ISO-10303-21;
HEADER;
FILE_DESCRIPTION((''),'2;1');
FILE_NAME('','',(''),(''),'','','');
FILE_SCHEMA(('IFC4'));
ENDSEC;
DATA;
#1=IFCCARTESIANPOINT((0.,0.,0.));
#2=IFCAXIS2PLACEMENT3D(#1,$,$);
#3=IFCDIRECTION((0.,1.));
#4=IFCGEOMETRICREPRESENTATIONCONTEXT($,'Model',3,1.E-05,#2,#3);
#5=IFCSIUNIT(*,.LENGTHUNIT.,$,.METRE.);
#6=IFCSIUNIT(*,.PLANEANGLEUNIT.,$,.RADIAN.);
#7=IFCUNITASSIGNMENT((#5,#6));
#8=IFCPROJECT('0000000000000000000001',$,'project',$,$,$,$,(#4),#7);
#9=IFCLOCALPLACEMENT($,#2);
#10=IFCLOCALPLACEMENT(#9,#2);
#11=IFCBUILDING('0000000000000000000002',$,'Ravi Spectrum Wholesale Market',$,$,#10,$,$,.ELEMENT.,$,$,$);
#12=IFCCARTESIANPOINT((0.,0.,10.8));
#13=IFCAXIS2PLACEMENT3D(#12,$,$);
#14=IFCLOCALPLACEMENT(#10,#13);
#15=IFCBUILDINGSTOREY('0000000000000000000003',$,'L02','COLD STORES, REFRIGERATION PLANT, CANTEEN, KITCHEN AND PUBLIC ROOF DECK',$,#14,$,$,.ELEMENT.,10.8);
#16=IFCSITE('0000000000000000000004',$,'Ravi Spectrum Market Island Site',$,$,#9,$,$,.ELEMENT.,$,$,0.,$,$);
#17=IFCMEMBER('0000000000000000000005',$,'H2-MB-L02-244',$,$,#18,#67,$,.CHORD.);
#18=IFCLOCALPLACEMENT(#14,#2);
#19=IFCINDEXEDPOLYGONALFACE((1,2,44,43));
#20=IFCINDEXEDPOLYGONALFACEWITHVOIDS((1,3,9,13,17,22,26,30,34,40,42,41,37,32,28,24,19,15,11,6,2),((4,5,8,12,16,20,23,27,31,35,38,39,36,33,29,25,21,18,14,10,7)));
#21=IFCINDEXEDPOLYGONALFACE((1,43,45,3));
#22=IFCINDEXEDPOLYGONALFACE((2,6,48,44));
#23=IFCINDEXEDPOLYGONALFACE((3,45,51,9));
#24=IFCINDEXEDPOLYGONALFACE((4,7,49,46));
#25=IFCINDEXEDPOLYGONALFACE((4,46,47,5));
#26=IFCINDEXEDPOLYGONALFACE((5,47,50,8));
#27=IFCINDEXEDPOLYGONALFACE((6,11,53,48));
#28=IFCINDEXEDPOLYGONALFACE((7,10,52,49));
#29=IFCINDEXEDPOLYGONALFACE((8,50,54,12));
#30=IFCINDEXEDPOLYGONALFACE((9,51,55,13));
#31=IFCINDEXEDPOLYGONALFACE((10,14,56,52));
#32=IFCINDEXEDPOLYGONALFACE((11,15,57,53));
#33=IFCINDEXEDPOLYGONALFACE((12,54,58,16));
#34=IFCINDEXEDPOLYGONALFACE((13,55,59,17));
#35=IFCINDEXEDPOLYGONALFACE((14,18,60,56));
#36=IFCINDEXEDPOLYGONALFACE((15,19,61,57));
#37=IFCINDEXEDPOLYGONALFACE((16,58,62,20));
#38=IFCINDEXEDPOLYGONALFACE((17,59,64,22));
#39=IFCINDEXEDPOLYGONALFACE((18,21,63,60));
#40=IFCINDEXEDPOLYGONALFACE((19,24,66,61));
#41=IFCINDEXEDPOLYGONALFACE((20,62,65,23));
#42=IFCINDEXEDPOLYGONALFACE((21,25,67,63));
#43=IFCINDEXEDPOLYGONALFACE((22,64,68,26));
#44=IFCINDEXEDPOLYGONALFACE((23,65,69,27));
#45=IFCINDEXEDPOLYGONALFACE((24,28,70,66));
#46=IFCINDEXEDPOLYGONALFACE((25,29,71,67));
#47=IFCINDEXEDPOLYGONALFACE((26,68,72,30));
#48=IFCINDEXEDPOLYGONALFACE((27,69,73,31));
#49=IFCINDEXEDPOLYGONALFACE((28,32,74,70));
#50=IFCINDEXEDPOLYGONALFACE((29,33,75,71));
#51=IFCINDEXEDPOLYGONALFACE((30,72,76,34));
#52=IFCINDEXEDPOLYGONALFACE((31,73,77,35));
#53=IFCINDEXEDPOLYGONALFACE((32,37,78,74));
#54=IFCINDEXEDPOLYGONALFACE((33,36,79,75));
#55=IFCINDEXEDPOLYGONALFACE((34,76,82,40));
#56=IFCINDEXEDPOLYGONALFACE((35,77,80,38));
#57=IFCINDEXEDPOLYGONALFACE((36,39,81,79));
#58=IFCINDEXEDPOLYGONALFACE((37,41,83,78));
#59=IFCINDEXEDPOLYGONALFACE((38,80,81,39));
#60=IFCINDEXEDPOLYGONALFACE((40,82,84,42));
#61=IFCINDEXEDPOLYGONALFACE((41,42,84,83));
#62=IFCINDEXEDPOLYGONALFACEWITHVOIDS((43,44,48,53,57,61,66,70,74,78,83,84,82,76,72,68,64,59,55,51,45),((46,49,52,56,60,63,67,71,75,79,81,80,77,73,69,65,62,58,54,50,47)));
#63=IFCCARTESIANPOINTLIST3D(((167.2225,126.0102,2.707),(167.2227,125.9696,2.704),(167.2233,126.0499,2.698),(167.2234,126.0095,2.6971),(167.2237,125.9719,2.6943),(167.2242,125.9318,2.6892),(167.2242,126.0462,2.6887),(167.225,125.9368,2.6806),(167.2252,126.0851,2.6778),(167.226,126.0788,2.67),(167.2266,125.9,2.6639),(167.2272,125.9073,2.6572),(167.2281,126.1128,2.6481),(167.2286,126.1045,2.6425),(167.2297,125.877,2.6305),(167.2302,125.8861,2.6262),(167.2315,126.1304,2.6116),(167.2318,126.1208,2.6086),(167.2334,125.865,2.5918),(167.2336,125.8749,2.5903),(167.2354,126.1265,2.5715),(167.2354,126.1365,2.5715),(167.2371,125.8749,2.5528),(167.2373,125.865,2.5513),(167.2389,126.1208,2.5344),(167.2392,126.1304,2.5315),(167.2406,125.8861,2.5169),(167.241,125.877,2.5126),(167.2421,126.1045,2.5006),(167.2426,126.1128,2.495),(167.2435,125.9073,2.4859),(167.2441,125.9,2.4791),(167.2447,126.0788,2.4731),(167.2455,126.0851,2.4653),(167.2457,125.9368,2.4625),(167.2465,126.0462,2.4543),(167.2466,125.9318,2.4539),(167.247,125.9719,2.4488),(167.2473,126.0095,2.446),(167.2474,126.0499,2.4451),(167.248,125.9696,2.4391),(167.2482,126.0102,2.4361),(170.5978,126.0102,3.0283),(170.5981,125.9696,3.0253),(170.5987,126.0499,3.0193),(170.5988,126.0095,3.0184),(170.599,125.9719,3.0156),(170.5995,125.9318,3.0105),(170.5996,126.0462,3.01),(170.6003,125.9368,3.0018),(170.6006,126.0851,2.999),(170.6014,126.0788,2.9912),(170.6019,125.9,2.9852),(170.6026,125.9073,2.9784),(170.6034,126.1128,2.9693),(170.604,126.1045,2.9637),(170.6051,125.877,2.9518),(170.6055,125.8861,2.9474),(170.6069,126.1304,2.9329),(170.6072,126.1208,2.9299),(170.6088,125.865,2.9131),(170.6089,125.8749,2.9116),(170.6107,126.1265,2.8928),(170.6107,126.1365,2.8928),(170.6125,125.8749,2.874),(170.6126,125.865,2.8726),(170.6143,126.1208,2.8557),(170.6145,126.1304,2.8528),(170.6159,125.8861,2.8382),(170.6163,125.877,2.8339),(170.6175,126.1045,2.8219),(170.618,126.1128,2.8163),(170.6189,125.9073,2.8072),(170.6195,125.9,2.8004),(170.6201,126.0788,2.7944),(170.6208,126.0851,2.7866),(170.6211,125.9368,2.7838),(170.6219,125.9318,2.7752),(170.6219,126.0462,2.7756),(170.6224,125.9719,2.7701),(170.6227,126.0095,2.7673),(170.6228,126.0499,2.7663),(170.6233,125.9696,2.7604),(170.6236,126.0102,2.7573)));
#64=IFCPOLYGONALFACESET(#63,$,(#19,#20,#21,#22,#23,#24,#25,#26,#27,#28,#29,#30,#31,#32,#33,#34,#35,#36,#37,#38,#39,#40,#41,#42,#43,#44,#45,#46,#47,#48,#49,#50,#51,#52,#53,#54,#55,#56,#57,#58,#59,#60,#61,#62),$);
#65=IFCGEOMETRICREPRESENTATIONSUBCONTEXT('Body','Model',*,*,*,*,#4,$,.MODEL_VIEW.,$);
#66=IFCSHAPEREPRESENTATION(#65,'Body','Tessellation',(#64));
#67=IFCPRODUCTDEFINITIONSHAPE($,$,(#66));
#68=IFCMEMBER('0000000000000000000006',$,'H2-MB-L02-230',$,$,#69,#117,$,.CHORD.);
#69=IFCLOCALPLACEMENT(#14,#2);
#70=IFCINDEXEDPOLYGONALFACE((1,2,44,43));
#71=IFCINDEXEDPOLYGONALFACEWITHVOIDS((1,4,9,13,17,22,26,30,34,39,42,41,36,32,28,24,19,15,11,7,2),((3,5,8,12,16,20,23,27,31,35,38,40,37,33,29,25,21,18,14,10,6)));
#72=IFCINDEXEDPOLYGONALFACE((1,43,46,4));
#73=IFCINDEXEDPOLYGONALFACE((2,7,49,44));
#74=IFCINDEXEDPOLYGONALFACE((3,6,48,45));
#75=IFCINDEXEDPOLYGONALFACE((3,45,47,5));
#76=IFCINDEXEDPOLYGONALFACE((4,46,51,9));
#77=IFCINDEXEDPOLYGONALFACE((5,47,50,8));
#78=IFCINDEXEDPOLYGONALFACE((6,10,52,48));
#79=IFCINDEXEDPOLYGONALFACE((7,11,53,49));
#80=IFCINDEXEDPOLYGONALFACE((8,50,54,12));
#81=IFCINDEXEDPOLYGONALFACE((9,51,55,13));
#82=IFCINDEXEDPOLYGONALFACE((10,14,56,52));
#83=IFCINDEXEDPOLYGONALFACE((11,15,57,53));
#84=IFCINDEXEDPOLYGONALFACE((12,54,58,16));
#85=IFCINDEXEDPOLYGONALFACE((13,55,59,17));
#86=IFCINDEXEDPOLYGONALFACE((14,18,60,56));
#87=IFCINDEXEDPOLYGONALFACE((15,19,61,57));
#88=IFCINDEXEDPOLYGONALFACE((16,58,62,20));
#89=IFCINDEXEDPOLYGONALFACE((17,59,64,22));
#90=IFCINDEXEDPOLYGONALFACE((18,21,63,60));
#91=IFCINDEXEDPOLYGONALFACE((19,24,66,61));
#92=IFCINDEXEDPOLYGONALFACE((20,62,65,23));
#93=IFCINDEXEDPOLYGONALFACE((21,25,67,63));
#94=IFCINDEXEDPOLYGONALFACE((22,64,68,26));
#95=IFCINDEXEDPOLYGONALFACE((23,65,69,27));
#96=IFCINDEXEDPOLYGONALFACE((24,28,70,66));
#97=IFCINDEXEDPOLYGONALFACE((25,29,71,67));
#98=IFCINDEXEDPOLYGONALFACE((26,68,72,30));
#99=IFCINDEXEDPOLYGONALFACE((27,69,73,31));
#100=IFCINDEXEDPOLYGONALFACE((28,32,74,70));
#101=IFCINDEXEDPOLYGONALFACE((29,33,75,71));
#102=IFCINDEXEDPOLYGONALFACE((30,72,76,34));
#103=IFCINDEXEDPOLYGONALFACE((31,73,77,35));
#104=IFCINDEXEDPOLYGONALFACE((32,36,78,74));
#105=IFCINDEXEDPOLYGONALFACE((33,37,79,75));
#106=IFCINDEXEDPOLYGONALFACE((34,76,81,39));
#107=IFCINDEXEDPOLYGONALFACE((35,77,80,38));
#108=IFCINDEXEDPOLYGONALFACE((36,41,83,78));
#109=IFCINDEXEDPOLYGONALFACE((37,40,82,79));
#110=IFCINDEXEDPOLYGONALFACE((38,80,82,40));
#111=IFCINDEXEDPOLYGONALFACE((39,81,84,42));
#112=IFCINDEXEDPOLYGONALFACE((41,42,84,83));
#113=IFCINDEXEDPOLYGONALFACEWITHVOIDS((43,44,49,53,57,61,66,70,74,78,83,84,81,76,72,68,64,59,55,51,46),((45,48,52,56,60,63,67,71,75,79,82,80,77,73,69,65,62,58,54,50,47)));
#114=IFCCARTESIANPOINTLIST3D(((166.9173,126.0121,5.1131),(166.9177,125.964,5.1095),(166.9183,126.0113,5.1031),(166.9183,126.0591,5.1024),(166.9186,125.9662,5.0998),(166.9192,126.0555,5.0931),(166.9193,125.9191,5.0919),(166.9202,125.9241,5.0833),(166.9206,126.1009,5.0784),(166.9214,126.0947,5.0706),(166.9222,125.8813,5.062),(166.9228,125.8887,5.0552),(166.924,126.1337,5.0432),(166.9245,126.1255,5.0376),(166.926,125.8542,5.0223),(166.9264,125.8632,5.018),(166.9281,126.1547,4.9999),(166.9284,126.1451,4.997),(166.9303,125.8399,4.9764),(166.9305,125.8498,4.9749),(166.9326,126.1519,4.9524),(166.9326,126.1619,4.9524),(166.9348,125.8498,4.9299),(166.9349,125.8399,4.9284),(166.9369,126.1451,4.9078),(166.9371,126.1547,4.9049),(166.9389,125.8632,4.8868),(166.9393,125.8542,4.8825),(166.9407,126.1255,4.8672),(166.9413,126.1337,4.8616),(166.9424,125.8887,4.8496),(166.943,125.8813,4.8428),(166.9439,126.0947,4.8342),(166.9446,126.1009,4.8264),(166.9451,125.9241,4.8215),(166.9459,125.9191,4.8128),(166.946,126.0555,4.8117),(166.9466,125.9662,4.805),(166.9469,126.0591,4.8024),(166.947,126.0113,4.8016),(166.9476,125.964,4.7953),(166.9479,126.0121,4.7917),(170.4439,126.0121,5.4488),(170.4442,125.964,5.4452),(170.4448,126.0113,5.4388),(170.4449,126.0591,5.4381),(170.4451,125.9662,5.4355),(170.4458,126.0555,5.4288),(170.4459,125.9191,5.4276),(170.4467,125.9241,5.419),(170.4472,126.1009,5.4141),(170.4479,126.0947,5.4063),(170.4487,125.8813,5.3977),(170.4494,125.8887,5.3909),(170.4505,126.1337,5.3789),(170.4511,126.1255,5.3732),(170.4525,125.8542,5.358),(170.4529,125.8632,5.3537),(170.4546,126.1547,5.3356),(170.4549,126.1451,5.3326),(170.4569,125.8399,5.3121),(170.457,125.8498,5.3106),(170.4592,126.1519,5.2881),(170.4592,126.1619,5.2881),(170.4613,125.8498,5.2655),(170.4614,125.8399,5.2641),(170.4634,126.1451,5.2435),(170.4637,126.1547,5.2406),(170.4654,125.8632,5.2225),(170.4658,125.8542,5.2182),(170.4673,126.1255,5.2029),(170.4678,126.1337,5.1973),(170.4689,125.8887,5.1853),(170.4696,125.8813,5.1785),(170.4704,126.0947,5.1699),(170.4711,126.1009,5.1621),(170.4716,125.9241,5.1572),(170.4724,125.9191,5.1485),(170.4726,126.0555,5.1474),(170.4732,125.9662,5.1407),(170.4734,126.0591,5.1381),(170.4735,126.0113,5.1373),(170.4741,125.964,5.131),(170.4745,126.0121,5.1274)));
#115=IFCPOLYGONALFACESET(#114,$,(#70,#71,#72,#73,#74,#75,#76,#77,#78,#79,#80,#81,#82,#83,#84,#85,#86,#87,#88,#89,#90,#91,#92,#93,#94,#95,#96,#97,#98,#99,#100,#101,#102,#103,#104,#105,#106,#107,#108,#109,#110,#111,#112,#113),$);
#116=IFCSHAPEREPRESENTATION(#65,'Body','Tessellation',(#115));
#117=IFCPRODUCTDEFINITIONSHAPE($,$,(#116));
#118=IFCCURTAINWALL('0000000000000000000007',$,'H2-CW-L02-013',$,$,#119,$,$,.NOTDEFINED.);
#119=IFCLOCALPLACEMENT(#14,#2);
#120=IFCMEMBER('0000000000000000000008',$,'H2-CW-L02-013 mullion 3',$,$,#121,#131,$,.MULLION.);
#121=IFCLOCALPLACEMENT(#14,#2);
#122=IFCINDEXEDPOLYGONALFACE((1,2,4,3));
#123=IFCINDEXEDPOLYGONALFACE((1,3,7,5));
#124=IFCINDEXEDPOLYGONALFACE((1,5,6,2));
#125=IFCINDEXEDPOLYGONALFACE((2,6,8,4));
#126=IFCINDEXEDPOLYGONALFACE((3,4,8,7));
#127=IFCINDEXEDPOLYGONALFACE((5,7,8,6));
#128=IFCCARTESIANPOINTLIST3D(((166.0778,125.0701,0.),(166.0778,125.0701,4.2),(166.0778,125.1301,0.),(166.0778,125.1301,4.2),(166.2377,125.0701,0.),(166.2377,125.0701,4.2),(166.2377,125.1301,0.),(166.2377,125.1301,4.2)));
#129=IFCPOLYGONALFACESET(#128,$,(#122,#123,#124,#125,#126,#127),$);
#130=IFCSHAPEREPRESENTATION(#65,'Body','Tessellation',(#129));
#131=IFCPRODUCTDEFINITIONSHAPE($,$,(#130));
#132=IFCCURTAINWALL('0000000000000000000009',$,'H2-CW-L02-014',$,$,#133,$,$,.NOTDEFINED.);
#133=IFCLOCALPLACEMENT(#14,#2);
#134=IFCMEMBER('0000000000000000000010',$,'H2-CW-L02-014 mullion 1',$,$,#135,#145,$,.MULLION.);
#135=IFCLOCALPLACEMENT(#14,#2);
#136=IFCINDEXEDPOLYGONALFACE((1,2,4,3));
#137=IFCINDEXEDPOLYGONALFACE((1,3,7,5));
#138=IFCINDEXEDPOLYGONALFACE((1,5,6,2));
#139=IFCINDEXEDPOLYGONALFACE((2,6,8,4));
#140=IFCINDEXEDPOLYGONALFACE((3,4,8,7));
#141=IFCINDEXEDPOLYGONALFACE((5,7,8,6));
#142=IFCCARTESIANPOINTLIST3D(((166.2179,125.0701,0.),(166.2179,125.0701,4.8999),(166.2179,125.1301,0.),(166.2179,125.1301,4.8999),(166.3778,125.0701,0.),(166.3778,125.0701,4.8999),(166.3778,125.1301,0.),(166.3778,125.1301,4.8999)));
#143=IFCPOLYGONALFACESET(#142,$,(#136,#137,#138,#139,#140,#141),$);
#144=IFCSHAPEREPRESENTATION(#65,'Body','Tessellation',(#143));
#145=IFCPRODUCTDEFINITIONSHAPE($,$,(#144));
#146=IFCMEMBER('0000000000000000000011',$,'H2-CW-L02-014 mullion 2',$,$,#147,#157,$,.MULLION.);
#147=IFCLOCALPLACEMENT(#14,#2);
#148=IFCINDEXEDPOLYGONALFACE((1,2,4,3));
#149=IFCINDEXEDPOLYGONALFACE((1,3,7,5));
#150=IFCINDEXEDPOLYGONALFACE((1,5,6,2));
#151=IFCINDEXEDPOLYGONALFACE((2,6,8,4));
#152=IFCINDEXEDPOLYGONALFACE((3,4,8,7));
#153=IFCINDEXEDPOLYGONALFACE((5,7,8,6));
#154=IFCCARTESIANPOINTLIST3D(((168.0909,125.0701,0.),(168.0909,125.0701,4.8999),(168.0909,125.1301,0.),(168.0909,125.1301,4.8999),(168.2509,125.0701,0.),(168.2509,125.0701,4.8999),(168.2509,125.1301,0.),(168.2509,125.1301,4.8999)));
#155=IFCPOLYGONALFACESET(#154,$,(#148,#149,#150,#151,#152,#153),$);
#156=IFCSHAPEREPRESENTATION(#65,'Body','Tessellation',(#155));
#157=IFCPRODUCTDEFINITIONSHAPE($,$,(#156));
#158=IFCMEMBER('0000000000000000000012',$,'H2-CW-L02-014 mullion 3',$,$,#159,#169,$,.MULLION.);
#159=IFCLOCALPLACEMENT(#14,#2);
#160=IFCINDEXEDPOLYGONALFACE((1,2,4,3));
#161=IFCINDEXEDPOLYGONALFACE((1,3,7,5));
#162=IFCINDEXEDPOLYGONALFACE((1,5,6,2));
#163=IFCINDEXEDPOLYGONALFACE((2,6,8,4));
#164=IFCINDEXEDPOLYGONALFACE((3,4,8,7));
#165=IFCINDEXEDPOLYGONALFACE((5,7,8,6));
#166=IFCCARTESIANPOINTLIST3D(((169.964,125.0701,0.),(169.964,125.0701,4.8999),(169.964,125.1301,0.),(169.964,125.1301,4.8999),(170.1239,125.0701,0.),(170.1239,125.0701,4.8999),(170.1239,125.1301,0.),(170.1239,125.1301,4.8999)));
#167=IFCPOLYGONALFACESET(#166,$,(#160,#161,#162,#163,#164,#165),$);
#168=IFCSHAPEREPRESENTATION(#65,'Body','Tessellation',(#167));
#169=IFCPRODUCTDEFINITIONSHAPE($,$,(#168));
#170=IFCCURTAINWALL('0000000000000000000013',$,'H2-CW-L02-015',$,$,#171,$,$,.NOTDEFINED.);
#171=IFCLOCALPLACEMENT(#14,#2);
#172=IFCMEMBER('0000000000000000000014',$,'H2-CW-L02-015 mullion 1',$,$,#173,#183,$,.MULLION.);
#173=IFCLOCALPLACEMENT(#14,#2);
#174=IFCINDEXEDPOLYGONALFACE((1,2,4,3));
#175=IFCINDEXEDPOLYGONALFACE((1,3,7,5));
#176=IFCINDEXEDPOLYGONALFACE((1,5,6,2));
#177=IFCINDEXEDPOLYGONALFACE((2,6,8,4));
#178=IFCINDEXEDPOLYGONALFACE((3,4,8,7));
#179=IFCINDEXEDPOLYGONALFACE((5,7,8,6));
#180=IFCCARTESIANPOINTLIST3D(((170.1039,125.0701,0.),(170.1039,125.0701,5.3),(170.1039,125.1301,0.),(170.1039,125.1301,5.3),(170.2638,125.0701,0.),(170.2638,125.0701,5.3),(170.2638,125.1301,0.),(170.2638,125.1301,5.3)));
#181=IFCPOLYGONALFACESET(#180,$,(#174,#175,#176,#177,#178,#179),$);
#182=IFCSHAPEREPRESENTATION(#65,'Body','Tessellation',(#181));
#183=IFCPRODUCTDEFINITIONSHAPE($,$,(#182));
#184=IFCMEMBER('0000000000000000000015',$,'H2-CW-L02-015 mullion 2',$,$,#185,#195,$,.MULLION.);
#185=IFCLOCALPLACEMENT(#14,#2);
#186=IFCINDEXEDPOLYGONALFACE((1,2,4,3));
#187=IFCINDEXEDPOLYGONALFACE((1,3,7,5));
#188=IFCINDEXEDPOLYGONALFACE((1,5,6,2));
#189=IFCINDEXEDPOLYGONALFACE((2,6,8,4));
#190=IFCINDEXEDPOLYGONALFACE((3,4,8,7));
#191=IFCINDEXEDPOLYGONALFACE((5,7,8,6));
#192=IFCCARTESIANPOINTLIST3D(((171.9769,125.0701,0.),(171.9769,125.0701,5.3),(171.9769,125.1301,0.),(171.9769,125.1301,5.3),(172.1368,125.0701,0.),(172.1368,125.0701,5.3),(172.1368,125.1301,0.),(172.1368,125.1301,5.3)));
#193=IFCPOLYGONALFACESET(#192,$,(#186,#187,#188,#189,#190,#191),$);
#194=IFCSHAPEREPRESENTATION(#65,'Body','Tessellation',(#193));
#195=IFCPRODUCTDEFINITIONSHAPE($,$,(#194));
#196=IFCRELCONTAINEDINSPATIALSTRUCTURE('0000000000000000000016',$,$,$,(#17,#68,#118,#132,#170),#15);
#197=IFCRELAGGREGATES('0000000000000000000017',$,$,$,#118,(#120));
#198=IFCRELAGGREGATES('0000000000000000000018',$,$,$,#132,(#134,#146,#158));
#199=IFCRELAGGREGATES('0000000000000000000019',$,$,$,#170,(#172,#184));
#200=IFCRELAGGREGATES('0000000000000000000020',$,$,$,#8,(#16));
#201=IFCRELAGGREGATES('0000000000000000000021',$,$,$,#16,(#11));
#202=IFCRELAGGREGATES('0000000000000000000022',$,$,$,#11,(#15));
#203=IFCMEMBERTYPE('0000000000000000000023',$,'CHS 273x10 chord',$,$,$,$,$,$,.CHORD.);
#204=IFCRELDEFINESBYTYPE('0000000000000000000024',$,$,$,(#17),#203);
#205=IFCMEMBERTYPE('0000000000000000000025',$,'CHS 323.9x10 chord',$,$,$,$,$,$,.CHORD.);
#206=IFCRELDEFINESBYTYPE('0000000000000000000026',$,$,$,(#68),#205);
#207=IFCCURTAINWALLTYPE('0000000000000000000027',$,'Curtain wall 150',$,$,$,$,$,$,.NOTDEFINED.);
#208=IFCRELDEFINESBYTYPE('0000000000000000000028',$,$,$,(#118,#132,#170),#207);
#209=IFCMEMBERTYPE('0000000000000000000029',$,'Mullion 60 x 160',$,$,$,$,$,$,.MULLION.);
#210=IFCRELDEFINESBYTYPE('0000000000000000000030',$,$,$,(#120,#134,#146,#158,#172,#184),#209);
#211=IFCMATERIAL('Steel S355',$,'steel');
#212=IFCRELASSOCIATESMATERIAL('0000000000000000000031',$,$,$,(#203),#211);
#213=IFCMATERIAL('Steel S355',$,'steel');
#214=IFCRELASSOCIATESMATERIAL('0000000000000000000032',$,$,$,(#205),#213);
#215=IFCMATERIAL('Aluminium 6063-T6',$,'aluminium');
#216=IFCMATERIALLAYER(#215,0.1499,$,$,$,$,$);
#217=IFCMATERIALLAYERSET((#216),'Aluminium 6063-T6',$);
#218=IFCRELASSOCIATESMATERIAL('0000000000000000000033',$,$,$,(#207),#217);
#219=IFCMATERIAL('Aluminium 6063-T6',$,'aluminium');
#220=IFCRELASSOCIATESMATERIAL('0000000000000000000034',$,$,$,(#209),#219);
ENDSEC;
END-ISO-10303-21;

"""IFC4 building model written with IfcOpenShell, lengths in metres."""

from ifc_helpers import new_model, si_unit, direction, frame, origin, origin_2d, place, context, subcontext, project, spatial, rectangle, hollow_circle, extrude, material, layer, layer_set, material_profile, profile_set, type_object, element, aggregate, save


model = new_model("IFC4")

# Units and contexts
model_context = context("Model", 3, precision=1e-05, world=origin(), true_north=direction((0.0, 1.0)))
body_context = subcontext(model_context, "Body", "Model", "MODEL_VIEW")
ifc_project = project(units=[si_unit("LENGTHUNIT", "METRE"), si_unit("PLANEANGLEUNIT", "RADIAN")], contexts=[model_context])

# Site, building, storey
site_placement = place(None, origin())
site = spatial("IfcSite", under=ifc_project, at=site_placement, Name="Ravi Spectrum Market Island Site", CompositionType="ELEMENT", RefElevation=0.0)
building_placement = place(site_placement, origin())
building = spatial("IfcBuilding", under=site, at=building_placement, Name="Ravi Spectrum Wholesale Market", CompositionType="ELEMENT")
storey_placement = place(building_placement, frame((0.0, 0.0, 10.8)))
storey = spatial("IfcBuildingStorey", under=building, at=storey_placement, Name="L02", Description="COLD STORES, REFRIGERATION PLANT, CANTEEN, KITCHEN AND PUBLIC ROOF DECK", CompositionType="ELEMENT", Elevation=10.8)

# Members
ifc_material_1 = material(Name="Steel S355", Category="steel")
ifc_material_profile_1 = material_profile(ifc_material_1, hollow_circle(Radius=0.1365, WallThickness=0.01, at=origin_2d()))
ifc_profile_set_1 = profile_set([ifc_material_profile_1], Name="Steel S355")
member_type_1 = type_object("IfcMemberType", Name="CHS 273x10 chord", PredefinedType="CHORD", material=ifc_profile_set_1)
member_1_placement = place(storey_placement, frame((167.2354, 126.0, 2.5715), z_axis=(0.995501, 0.0, 0.094755), x_axis=(0.0, 1.0, 0.0)))
element("IfcMember", 1, at=member_1_placement, inside=storey, type_object=member_type_1, Name="H2-MB-L02-244", PredefinedType="CHORD", context=body_context, shape_type="SweptSolid", body=[
    extrude(hollow_circle(Radius=0.1365, WallThickness=0.01, at=origin_2d()), origin(), (0.0, 0.0, 1.0), 3.3906),
])
ifc_material_2 = material(Name="Steel S355", Category="steel")
ifc_material_profile_2 = material_profile(ifc_material_2, hollow_circle(Radius=0.1619, WallThickness=0.01, at=origin_2d()))
ifc_profile_set_2 = profile_set([ifc_material_profile_2], Name="Steel S355")
member_type_2 = type_object("IfcMemberType", Name="CHS 323.9x10 chord", PredefinedType="CHORD", material=ifc_profile_set_2)
member_2_placement = place(storey_placement, frame((166.9326, 126.0, 4.9524), z_axis=(0.9955, 0.0, 0.09476), x_axis=(0.0, 1.0, 0.0)))
element("IfcMember", 2, at=member_2_placement, inside=storey, type_object=member_type_2, Name="H2-MB-L02-230", PredefinedType="CHORD", context=body_context, shape_type="SweptSolid", body=[
    extrude(hollow_circle(Radius=0.1619, WallThickness=0.01, at=origin_2d()), origin(), (0.0, 0.0, 1.0), 3.5425),
])

# Curtain wall, member
ifc_material_3 = material(Name="Aluminium 6063-T6", Category="aluminium")
ifc_layer_1 = layer(ifc_material_3, 0.1499)
ifc_layer_set_1 = layer_set([ifc_layer_1], Name="Aluminium 6063-T6")
curtain_wall_type = type_object("IfcCurtainWallType", Name="Curtain wall 150", PredefinedType="NOTDEFINED", material=ifc_layer_set_1)
curtain_wall_1_placement = place(storey_placement, origin())
curtain_wall_1 = element("IfcCurtainWall", 3, at=curtain_wall_1_placement, inside=storey, type_object=curtain_wall_type, Name="H2-CW-L02-013", PredefinedType="NOTDEFINED")
ifc_material_4 = material(Name="Aluminium 6063-T6", Category="aluminium")
ifc_material_profile_3 = material_profile(ifc_material_4, rectangle(XDim=0.0601, YDim=0.1599, at=origin_2d()))
ifc_profile_set_3 = profile_set([ifc_material_profile_3], Name="Aluminium 6063-T6")
member_type_3 = type_object("IfcMemberType", Name="Mullion 60 x 160", PredefinedType="MULLION", material=ifc_profile_set_3)
member_3_placement = place(storey_placement, frame((166.1577, 125.1001, 0.0), z_axis=(0.0, 0.0, 1.0), x_axis=(0.0, 1.0, 0.0)))
member_3 = element("IfcMember", 4, at=member_3_placement, type_object=member_type_3, Name="H2-CW-L02-013 mullion 3", PredefinedType="MULLION", context=body_context, shape_type="SweptSolid", body=[
    extrude(rectangle(XDim=0.0601, YDim=0.1599, at=origin_2d()), origin(), (0.0, 0.0, 1.0), 4.2),
])

# Curtain walls, members
curtain_wall_2_placement = place(storey_placement, origin())
curtain_wall_2 = element("IfcCurtainWall", 5, at=curtain_wall_2_placement, inside=storey, type_object=curtain_wall_type, Name="H2-CW-L02-014", PredefinedType="NOTDEFINED")
member_4_placement = place(storey_placement, frame((166.2979, 125.1001, 0.0), z_axis=(0.0, 0.0, 1.0), x_axis=(0.0, 1.0, 0.0)))
member_4 = element("IfcMember", 6, at=member_4_placement, type_object=member_type_3, Name="H2-CW-L02-014 mullion 1", PredefinedType="MULLION", context=body_context, shape_type="SweptSolid", body=[
    extrude(rectangle(XDim=0.0601, YDim=0.1599, at=origin_2d()), origin(), (0.0, 0.0, 1.0), 4.8999),
])
member_5_placement = place(storey_placement, frame((168.1709, 125.1001, 0.0), z_axis=(0.0, 0.0, 1.0), x_axis=(0.0, 1.0, 0.0)))
member_5 = element("IfcMember", 7, at=member_5_placement, type_object=member_type_3, Name="H2-CW-L02-014 mullion 2", PredefinedType="MULLION", context=body_context, shape_type="SweptSolid", body=[
    extrude(rectangle(XDim=0.0601, YDim=0.1599, at=origin_2d()), origin(), (0.0, 0.0, 1.0), 4.8999),
])
member_6_placement = place(storey_placement, frame((170.0439, 125.1001, 0.0), z_axis=(0.0, 0.0, 1.0), x_axis=(0.0, 1.0, 0.0)))
member_6 = element("IfcMember", 8, at=member_6_placement, type_object=member_type_3, Name="H2-CW-L02-014 mullion 3", PredefinedType="MULLION", context=body_context, shape_type="SweptSolid", body=[
    extrude(rectangle(XDim=0.0601, YDim=0.1599, at=origin_2d()), origin(), (0.0, 0.0, 1.0), 4.8999),
])
curtain_wall_3_placement = place(storey_placement, origin())
curtain_wall_3 = element("IfcCurtainWall", 9, at=curtain_wall_3_placement, inside=storey, type_object=curtain_wall_type, Name="H2-CW-L02-015", PredefinedType="NOTDEFINED")
member_7_placement = place(storey_placement, frame((170.1838, 125.1001, 0.0), z_axis=(0.0, 0.0, 1.0), x_axis=(0.0, 1.0, 0.0)))
member_7 = element("IfcMember", 10, at=member_7_placement, type_object=member_type_3, Name="H2-CW-L02-015 mullion 1", PredefinedType="MULLION", context=body_context, shape_type="SweptSolid", body=[
    extrude(rectangle(XDim=0.0601, YDim=0.1599, at=origin_2d()), origin(), (0.0, 0.0, 1.0), 5.3),
])
member_8_placement = place(storey_placement, frame((172.0569, 125.1001, 0.0), z_axis=(0.0, 0.0, 1.0), x_axis=(0.0, 1.0, 0.0)))
member_8 = element("IfcMember", 11, at=member_8_placement, type_object=member_type_3, Name="H2-CW-L02-015 mullion 2", PredefinedType="MULLION", context=body_context, shape_type="SweptSolid", body=[
    extrude(rectangle(XDim=0.0601, YDim=0.1599, at=origin_2d()), origin(), (0.0, 0.0, 1.0), 5.3),
])

aggregate(curtain_wall_1, [member_3])
aggregate(curtain_wall_2, [member_4, member_5, member_6])
aggregate(curtain_wall_3, [member_7, member_8])

save(model, "model.ifc")
